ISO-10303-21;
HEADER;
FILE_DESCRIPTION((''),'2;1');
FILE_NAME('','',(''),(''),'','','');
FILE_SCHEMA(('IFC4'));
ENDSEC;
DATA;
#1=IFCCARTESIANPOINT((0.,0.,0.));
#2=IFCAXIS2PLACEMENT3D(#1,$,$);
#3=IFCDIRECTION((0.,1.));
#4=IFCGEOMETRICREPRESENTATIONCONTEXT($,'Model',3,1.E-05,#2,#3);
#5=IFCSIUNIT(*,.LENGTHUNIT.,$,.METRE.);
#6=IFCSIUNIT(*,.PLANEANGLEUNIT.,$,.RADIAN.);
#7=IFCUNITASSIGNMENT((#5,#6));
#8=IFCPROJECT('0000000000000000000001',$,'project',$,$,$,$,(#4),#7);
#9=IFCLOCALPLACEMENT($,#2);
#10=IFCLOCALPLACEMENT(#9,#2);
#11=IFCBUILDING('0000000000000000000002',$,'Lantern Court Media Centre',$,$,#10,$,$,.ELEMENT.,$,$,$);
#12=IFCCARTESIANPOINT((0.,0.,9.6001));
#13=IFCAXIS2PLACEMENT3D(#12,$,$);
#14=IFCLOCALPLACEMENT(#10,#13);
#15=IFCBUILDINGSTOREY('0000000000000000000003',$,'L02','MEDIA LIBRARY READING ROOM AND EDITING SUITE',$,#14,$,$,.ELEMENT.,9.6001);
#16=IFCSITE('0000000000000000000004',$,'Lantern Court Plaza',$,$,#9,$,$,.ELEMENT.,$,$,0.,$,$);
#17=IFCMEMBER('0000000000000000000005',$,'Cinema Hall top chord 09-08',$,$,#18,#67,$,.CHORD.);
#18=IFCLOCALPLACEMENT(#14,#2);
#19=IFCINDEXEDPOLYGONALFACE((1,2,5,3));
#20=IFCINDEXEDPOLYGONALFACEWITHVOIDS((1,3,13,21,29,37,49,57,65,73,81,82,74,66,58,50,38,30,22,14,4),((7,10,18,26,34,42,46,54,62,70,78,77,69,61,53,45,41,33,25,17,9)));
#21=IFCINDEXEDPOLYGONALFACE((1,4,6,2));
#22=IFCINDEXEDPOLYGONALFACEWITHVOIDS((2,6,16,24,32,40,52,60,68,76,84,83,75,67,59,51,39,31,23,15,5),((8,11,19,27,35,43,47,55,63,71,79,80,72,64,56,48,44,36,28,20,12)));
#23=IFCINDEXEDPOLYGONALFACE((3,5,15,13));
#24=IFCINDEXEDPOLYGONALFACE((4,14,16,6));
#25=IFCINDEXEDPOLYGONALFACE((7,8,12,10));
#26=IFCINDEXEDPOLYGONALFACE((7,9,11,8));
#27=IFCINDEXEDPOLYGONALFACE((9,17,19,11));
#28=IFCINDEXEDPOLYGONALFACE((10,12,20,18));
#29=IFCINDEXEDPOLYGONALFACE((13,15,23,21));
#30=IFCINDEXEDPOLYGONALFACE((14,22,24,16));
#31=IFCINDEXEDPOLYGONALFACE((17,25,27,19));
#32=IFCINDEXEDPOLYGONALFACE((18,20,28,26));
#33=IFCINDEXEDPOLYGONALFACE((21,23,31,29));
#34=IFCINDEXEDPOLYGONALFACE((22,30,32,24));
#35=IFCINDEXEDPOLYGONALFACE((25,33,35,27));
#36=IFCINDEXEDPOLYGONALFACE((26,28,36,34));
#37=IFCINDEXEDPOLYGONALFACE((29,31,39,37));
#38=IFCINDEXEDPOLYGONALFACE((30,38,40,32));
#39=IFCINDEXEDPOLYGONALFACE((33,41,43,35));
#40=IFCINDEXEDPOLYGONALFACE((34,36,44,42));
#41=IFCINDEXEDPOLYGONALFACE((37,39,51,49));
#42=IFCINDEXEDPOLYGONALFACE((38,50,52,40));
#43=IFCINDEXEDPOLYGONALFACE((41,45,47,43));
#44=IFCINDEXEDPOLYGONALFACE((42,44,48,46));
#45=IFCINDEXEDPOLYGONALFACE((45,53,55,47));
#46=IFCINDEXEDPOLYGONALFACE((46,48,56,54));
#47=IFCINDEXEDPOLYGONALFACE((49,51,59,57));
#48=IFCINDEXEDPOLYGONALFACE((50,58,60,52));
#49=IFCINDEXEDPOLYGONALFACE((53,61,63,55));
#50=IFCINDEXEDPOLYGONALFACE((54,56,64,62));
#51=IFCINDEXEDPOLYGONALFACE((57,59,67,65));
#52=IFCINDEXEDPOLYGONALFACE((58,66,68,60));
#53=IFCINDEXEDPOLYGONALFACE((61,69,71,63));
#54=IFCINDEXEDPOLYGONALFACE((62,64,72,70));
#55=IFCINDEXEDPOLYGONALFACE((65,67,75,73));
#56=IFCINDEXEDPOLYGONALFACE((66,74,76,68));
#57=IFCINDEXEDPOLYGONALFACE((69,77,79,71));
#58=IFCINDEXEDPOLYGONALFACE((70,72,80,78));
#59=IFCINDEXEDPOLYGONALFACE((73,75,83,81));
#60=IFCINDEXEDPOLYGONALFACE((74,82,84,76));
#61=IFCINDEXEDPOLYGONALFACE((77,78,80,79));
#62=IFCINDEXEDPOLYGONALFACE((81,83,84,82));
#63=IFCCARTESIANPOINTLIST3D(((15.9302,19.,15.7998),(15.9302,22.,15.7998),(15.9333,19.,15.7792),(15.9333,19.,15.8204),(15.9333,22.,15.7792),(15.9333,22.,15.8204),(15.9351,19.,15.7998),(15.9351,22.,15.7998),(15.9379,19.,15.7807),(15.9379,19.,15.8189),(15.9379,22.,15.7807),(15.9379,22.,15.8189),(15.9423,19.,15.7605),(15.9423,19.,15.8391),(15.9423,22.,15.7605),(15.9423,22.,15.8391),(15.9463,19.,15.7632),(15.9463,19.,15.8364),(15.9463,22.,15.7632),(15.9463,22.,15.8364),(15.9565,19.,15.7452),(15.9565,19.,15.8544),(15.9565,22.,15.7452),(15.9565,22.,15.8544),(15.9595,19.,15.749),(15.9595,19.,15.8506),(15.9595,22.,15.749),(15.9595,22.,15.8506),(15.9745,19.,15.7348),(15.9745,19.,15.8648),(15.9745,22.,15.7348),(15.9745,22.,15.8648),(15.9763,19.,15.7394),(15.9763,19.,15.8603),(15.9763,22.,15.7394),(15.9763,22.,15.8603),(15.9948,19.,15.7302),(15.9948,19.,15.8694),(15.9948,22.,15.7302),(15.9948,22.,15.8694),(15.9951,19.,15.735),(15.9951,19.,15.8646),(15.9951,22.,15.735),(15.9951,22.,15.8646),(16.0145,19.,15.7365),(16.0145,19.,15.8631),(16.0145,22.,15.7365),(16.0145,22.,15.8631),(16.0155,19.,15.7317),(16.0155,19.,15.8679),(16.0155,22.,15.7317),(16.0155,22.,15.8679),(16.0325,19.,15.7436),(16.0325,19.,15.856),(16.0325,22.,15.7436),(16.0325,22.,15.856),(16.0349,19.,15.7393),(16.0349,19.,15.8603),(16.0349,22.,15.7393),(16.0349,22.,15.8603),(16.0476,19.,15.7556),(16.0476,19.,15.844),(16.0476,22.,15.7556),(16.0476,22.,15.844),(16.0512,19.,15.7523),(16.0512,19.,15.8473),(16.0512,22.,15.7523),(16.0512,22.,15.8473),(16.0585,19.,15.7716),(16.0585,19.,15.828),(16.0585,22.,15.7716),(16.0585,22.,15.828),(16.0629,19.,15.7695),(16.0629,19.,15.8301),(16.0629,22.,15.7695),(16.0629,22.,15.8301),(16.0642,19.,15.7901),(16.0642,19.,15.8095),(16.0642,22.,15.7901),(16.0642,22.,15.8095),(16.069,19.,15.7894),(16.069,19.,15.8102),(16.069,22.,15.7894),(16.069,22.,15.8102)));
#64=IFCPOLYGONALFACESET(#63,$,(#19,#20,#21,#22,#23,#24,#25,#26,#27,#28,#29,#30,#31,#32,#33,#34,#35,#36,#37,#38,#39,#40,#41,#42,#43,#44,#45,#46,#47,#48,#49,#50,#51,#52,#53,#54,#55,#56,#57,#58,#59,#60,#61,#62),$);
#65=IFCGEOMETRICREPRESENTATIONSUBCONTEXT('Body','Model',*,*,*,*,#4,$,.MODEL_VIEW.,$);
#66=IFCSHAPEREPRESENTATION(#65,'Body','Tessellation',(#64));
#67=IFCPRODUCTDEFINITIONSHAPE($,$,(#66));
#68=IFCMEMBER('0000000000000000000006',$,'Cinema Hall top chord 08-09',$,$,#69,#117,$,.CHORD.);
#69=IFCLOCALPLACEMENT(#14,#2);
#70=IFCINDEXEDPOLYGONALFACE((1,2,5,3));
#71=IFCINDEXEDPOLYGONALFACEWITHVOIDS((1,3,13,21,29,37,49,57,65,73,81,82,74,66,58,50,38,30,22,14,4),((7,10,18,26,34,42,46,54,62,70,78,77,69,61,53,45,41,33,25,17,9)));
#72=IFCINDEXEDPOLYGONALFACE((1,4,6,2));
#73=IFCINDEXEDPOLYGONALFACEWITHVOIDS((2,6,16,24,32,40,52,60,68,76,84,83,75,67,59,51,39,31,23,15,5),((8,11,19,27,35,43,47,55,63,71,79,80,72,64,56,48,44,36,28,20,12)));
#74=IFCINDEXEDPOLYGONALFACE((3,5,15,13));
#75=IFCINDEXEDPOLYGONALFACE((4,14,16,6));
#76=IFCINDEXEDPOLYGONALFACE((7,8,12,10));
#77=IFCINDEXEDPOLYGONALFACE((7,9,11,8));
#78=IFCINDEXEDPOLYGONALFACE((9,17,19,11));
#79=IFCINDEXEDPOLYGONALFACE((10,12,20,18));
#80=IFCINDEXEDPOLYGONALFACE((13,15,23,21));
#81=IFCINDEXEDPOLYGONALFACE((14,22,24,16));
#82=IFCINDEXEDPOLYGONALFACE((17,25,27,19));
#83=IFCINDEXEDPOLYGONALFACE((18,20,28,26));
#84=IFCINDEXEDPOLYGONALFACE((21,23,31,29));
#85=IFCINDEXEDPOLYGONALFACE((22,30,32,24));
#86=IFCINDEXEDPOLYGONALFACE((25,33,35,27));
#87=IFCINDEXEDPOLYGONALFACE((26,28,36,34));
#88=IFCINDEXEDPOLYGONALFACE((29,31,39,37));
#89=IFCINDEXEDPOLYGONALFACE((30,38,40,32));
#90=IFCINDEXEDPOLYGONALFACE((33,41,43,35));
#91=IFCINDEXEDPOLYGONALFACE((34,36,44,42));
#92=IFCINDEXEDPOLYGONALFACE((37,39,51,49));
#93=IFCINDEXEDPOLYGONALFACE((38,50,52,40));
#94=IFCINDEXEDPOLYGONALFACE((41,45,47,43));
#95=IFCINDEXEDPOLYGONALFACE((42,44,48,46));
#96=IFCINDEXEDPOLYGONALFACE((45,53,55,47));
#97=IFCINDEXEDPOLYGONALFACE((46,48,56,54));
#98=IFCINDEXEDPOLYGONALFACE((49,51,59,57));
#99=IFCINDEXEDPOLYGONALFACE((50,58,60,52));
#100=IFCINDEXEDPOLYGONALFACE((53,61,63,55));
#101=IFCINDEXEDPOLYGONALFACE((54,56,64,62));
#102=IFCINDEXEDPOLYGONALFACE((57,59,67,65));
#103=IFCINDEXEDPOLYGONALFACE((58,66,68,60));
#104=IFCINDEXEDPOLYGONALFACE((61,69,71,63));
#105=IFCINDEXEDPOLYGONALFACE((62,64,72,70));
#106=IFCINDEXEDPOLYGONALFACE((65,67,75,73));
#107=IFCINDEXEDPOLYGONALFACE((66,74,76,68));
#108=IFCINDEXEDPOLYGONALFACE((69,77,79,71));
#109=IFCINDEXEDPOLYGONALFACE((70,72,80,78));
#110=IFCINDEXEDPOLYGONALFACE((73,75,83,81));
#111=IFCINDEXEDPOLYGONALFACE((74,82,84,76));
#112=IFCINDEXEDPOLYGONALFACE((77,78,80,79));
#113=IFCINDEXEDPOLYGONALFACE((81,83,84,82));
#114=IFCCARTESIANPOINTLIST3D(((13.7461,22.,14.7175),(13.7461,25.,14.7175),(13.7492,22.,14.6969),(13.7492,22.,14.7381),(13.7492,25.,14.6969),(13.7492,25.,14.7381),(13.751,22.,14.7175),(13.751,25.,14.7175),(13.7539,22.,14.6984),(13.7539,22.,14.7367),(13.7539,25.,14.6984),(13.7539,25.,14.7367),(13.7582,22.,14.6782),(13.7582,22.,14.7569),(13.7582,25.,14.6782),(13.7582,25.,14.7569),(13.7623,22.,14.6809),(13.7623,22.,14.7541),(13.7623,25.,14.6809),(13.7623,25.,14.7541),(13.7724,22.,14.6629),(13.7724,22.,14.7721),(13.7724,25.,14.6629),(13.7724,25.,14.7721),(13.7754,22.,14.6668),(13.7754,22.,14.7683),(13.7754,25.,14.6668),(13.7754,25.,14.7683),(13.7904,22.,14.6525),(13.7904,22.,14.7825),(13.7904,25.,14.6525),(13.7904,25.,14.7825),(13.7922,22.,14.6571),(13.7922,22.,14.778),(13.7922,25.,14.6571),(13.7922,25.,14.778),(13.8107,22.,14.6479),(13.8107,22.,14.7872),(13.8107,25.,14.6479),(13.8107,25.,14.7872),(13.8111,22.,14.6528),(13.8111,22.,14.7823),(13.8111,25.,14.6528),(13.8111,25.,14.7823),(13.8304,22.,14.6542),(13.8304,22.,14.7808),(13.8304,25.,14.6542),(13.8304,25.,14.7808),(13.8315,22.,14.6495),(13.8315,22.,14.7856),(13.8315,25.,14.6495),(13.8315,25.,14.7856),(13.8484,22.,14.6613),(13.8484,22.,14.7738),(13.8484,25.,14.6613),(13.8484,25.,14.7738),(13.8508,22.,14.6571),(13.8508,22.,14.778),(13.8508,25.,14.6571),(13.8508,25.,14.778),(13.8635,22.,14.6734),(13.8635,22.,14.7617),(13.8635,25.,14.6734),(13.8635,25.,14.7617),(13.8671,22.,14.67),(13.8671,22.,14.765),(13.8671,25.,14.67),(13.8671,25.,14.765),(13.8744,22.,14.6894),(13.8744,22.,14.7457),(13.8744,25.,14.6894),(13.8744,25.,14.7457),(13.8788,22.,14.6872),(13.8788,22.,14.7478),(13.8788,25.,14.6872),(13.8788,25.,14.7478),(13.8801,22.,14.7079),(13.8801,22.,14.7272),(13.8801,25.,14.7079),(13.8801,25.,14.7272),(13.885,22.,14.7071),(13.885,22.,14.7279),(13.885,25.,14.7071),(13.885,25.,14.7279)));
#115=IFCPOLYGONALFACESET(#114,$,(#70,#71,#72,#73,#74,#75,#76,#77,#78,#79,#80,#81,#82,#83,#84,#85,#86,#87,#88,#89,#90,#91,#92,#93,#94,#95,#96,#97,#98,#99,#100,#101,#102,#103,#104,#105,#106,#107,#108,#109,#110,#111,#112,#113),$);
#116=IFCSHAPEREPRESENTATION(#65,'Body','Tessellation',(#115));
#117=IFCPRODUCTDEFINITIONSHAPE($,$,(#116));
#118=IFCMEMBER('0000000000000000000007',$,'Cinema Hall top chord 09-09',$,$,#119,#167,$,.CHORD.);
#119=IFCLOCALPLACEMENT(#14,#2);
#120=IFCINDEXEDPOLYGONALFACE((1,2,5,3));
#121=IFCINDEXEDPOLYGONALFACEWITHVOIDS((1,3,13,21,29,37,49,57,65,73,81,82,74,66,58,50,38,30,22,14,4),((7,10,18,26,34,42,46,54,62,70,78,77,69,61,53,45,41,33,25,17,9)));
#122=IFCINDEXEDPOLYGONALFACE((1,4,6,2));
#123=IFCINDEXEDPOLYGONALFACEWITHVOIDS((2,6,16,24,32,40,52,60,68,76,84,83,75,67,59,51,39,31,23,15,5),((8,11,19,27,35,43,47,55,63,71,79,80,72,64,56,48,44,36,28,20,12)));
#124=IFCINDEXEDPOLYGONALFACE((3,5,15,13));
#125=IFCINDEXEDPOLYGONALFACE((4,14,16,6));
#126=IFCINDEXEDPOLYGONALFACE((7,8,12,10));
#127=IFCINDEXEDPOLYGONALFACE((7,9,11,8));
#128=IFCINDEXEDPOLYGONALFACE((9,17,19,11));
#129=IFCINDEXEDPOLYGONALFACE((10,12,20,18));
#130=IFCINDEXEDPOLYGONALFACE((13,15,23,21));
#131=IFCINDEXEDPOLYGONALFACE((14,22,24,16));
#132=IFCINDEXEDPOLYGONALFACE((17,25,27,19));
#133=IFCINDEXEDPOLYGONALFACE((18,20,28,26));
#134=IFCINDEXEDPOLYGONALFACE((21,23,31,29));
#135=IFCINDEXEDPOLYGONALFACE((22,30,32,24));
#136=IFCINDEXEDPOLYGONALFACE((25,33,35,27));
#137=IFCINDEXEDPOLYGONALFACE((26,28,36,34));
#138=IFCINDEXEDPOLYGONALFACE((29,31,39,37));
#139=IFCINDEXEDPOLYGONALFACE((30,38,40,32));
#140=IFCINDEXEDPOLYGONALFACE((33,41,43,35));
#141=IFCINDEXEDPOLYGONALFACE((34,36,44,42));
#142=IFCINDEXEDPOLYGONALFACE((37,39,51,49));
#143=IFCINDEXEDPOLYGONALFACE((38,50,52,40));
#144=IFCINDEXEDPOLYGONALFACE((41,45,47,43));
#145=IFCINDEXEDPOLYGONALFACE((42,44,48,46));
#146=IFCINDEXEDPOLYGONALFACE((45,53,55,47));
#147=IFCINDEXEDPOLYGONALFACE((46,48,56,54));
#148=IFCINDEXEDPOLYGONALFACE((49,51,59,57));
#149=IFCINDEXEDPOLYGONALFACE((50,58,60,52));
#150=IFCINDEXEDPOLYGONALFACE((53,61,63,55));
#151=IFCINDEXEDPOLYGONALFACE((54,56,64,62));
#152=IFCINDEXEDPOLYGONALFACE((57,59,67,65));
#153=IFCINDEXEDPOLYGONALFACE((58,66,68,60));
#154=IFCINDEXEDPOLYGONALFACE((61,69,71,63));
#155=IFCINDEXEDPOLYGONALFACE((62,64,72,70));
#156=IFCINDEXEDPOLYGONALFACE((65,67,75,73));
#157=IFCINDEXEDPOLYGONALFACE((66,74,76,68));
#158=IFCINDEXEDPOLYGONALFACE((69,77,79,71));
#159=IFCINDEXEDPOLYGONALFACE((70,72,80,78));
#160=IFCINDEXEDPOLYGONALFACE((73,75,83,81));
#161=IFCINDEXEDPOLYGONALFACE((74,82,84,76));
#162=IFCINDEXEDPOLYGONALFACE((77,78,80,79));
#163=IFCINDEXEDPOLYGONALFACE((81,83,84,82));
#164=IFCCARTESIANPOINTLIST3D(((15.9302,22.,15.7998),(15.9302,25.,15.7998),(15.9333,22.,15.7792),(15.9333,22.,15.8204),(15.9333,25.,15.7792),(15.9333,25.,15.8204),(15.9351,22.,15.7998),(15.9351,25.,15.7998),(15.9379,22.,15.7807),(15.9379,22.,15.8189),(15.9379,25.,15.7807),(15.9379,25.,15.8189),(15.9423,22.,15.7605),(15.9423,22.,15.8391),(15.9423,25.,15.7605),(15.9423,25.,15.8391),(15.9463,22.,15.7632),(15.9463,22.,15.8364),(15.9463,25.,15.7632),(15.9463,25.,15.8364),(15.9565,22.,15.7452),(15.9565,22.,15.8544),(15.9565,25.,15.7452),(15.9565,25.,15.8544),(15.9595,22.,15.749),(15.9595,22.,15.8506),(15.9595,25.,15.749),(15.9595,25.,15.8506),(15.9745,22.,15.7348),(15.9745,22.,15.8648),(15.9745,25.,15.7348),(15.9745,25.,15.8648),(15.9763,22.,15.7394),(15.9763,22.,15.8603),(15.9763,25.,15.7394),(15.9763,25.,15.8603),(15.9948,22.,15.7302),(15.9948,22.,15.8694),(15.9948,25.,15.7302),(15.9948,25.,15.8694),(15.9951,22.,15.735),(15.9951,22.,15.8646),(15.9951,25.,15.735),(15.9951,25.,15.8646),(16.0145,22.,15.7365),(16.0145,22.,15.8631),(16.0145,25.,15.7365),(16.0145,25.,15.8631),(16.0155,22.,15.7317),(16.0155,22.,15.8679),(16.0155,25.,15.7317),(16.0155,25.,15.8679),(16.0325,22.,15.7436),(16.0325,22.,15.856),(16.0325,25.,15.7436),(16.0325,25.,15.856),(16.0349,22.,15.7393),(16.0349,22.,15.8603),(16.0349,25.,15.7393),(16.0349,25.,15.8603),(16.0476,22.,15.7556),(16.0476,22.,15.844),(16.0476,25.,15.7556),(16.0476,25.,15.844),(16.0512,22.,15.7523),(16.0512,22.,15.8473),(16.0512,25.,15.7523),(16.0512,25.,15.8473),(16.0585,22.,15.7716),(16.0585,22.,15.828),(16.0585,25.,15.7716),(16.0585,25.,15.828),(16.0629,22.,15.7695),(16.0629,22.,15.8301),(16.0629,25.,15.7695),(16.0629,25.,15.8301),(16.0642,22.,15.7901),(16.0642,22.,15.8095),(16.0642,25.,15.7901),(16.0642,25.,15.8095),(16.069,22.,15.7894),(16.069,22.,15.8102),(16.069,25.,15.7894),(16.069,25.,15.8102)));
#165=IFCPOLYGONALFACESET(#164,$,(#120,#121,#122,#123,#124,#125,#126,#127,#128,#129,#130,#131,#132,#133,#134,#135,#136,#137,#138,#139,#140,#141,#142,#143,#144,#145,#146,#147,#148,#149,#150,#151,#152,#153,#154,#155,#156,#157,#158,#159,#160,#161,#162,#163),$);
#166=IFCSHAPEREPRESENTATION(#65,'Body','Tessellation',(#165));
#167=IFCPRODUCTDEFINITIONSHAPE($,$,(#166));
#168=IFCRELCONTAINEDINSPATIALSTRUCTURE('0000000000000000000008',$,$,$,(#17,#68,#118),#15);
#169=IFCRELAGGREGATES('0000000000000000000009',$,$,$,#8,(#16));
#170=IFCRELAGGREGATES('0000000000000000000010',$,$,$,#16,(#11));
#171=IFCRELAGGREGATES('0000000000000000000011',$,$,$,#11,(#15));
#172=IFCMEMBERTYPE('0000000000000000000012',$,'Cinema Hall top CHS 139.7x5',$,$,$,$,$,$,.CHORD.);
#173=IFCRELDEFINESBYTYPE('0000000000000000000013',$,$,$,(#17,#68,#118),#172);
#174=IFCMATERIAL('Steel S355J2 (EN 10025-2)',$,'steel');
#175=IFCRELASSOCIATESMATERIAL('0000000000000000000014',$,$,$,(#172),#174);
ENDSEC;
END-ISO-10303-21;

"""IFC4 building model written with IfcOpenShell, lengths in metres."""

from ifc_helpers import new_model, si_unit, direction, frame, origin, origin_2d, place, context, subcontext, project, spatial, hollow_circle, extrude, material, material_profile, profile_set, type_object, element, save


model = new_model("IFC4")

# Units and contexts
model_context = context("Model", 3, precision=1e-05, world=origin(), true_north=direction((0.0, 1.0)))
body_context = subcontext(model_context, "Body", "Model", "MODEL_VIEW")
ifc_project = project(units=[si_unit("LENGTHUNIT", "METRE"), si_unit("PLANEANGLEUNIT", "RADIAN")], contexts=[model_context])

# Site, building, storey
site_placement = place(None, origin())
site = spatial("IfcSite", under=ifc_project, at=site_placement, Name="Lantern Court Plaza", CompositionType="ELEMENT", RefElevation=0.0)
building_placement = place(site_placement, origin())
building = spatial("IfcBuilding", under=site, at=building_placement, Name="Lantern Court Media Centre", CompositionType="ELEMENT")
storey_placement = place(building_placement, frame((0.0, 0.0, 9.6001)))
storey = spatial("IfcBuildingStorey", under=building, at=storey_placement, Name="L02", Description="MEDIA LIBRARY READING ROOM AND EDITING SUITE", CompositionType="ELEMENT", Elevation=9.6001)

# Members
ifc_material = material(Name="Steel S355J2 (EN 10025-2)", Category="steel")
ifc_material_profile_1 = material_profile(ifc_material, hollow_circle(Radius=0.0698, WallThickness=0.0049, at=origin_2d()), Name="Cinema Hall top CHS 139.7x5")
ifc_profile_set_1 = profile_set([ifc_material_profile_1], Name="Steel S355J2 (EN 10025-2)")
member_type_1 = type_object("IfcMemberType", Name="Cinema Hall top CHS 139.7x5", PredefinedType="CHORD", material=ifc_profile_set_1)
for number, where, z_axis, x_axis, name in (
    (1, (16.0, 19.0, 15.7998), (0.0, 1.0, 0.0), (-1.0, 0.0, 0.0), "Cinema Hall top chord 09-08"),
    (2, (13.8159, 22.0, 14.7175), (0.0, 1.0, 0.0), (-1.0, 0.0, 0.0), "Cinema Hall top chord 08-09"),
    (3, (16.0, 22.0, 15.7998), (0.0, 1.0, 0.0), (-1.0, 0.0, 0.0), "Cinema Hall top chord 09-09"),
):
    element("IfcMember", number, at=place(storey_placement, frame(where, z_axis=z_axis, x_axis=x_axis)), inside=storey, type_object=member_type_1, Name=name, PredefinedType="CHORD", context=body_context, shape_type="SweptSolid", body=[
        extrude(hollow_circle(Radius=0.0698, WallThickness=0.0049, at=origin_2d()), origin(), (0.0, 0.0, 1.0), 3.0),
    ])

save(model, "model.ifc")
